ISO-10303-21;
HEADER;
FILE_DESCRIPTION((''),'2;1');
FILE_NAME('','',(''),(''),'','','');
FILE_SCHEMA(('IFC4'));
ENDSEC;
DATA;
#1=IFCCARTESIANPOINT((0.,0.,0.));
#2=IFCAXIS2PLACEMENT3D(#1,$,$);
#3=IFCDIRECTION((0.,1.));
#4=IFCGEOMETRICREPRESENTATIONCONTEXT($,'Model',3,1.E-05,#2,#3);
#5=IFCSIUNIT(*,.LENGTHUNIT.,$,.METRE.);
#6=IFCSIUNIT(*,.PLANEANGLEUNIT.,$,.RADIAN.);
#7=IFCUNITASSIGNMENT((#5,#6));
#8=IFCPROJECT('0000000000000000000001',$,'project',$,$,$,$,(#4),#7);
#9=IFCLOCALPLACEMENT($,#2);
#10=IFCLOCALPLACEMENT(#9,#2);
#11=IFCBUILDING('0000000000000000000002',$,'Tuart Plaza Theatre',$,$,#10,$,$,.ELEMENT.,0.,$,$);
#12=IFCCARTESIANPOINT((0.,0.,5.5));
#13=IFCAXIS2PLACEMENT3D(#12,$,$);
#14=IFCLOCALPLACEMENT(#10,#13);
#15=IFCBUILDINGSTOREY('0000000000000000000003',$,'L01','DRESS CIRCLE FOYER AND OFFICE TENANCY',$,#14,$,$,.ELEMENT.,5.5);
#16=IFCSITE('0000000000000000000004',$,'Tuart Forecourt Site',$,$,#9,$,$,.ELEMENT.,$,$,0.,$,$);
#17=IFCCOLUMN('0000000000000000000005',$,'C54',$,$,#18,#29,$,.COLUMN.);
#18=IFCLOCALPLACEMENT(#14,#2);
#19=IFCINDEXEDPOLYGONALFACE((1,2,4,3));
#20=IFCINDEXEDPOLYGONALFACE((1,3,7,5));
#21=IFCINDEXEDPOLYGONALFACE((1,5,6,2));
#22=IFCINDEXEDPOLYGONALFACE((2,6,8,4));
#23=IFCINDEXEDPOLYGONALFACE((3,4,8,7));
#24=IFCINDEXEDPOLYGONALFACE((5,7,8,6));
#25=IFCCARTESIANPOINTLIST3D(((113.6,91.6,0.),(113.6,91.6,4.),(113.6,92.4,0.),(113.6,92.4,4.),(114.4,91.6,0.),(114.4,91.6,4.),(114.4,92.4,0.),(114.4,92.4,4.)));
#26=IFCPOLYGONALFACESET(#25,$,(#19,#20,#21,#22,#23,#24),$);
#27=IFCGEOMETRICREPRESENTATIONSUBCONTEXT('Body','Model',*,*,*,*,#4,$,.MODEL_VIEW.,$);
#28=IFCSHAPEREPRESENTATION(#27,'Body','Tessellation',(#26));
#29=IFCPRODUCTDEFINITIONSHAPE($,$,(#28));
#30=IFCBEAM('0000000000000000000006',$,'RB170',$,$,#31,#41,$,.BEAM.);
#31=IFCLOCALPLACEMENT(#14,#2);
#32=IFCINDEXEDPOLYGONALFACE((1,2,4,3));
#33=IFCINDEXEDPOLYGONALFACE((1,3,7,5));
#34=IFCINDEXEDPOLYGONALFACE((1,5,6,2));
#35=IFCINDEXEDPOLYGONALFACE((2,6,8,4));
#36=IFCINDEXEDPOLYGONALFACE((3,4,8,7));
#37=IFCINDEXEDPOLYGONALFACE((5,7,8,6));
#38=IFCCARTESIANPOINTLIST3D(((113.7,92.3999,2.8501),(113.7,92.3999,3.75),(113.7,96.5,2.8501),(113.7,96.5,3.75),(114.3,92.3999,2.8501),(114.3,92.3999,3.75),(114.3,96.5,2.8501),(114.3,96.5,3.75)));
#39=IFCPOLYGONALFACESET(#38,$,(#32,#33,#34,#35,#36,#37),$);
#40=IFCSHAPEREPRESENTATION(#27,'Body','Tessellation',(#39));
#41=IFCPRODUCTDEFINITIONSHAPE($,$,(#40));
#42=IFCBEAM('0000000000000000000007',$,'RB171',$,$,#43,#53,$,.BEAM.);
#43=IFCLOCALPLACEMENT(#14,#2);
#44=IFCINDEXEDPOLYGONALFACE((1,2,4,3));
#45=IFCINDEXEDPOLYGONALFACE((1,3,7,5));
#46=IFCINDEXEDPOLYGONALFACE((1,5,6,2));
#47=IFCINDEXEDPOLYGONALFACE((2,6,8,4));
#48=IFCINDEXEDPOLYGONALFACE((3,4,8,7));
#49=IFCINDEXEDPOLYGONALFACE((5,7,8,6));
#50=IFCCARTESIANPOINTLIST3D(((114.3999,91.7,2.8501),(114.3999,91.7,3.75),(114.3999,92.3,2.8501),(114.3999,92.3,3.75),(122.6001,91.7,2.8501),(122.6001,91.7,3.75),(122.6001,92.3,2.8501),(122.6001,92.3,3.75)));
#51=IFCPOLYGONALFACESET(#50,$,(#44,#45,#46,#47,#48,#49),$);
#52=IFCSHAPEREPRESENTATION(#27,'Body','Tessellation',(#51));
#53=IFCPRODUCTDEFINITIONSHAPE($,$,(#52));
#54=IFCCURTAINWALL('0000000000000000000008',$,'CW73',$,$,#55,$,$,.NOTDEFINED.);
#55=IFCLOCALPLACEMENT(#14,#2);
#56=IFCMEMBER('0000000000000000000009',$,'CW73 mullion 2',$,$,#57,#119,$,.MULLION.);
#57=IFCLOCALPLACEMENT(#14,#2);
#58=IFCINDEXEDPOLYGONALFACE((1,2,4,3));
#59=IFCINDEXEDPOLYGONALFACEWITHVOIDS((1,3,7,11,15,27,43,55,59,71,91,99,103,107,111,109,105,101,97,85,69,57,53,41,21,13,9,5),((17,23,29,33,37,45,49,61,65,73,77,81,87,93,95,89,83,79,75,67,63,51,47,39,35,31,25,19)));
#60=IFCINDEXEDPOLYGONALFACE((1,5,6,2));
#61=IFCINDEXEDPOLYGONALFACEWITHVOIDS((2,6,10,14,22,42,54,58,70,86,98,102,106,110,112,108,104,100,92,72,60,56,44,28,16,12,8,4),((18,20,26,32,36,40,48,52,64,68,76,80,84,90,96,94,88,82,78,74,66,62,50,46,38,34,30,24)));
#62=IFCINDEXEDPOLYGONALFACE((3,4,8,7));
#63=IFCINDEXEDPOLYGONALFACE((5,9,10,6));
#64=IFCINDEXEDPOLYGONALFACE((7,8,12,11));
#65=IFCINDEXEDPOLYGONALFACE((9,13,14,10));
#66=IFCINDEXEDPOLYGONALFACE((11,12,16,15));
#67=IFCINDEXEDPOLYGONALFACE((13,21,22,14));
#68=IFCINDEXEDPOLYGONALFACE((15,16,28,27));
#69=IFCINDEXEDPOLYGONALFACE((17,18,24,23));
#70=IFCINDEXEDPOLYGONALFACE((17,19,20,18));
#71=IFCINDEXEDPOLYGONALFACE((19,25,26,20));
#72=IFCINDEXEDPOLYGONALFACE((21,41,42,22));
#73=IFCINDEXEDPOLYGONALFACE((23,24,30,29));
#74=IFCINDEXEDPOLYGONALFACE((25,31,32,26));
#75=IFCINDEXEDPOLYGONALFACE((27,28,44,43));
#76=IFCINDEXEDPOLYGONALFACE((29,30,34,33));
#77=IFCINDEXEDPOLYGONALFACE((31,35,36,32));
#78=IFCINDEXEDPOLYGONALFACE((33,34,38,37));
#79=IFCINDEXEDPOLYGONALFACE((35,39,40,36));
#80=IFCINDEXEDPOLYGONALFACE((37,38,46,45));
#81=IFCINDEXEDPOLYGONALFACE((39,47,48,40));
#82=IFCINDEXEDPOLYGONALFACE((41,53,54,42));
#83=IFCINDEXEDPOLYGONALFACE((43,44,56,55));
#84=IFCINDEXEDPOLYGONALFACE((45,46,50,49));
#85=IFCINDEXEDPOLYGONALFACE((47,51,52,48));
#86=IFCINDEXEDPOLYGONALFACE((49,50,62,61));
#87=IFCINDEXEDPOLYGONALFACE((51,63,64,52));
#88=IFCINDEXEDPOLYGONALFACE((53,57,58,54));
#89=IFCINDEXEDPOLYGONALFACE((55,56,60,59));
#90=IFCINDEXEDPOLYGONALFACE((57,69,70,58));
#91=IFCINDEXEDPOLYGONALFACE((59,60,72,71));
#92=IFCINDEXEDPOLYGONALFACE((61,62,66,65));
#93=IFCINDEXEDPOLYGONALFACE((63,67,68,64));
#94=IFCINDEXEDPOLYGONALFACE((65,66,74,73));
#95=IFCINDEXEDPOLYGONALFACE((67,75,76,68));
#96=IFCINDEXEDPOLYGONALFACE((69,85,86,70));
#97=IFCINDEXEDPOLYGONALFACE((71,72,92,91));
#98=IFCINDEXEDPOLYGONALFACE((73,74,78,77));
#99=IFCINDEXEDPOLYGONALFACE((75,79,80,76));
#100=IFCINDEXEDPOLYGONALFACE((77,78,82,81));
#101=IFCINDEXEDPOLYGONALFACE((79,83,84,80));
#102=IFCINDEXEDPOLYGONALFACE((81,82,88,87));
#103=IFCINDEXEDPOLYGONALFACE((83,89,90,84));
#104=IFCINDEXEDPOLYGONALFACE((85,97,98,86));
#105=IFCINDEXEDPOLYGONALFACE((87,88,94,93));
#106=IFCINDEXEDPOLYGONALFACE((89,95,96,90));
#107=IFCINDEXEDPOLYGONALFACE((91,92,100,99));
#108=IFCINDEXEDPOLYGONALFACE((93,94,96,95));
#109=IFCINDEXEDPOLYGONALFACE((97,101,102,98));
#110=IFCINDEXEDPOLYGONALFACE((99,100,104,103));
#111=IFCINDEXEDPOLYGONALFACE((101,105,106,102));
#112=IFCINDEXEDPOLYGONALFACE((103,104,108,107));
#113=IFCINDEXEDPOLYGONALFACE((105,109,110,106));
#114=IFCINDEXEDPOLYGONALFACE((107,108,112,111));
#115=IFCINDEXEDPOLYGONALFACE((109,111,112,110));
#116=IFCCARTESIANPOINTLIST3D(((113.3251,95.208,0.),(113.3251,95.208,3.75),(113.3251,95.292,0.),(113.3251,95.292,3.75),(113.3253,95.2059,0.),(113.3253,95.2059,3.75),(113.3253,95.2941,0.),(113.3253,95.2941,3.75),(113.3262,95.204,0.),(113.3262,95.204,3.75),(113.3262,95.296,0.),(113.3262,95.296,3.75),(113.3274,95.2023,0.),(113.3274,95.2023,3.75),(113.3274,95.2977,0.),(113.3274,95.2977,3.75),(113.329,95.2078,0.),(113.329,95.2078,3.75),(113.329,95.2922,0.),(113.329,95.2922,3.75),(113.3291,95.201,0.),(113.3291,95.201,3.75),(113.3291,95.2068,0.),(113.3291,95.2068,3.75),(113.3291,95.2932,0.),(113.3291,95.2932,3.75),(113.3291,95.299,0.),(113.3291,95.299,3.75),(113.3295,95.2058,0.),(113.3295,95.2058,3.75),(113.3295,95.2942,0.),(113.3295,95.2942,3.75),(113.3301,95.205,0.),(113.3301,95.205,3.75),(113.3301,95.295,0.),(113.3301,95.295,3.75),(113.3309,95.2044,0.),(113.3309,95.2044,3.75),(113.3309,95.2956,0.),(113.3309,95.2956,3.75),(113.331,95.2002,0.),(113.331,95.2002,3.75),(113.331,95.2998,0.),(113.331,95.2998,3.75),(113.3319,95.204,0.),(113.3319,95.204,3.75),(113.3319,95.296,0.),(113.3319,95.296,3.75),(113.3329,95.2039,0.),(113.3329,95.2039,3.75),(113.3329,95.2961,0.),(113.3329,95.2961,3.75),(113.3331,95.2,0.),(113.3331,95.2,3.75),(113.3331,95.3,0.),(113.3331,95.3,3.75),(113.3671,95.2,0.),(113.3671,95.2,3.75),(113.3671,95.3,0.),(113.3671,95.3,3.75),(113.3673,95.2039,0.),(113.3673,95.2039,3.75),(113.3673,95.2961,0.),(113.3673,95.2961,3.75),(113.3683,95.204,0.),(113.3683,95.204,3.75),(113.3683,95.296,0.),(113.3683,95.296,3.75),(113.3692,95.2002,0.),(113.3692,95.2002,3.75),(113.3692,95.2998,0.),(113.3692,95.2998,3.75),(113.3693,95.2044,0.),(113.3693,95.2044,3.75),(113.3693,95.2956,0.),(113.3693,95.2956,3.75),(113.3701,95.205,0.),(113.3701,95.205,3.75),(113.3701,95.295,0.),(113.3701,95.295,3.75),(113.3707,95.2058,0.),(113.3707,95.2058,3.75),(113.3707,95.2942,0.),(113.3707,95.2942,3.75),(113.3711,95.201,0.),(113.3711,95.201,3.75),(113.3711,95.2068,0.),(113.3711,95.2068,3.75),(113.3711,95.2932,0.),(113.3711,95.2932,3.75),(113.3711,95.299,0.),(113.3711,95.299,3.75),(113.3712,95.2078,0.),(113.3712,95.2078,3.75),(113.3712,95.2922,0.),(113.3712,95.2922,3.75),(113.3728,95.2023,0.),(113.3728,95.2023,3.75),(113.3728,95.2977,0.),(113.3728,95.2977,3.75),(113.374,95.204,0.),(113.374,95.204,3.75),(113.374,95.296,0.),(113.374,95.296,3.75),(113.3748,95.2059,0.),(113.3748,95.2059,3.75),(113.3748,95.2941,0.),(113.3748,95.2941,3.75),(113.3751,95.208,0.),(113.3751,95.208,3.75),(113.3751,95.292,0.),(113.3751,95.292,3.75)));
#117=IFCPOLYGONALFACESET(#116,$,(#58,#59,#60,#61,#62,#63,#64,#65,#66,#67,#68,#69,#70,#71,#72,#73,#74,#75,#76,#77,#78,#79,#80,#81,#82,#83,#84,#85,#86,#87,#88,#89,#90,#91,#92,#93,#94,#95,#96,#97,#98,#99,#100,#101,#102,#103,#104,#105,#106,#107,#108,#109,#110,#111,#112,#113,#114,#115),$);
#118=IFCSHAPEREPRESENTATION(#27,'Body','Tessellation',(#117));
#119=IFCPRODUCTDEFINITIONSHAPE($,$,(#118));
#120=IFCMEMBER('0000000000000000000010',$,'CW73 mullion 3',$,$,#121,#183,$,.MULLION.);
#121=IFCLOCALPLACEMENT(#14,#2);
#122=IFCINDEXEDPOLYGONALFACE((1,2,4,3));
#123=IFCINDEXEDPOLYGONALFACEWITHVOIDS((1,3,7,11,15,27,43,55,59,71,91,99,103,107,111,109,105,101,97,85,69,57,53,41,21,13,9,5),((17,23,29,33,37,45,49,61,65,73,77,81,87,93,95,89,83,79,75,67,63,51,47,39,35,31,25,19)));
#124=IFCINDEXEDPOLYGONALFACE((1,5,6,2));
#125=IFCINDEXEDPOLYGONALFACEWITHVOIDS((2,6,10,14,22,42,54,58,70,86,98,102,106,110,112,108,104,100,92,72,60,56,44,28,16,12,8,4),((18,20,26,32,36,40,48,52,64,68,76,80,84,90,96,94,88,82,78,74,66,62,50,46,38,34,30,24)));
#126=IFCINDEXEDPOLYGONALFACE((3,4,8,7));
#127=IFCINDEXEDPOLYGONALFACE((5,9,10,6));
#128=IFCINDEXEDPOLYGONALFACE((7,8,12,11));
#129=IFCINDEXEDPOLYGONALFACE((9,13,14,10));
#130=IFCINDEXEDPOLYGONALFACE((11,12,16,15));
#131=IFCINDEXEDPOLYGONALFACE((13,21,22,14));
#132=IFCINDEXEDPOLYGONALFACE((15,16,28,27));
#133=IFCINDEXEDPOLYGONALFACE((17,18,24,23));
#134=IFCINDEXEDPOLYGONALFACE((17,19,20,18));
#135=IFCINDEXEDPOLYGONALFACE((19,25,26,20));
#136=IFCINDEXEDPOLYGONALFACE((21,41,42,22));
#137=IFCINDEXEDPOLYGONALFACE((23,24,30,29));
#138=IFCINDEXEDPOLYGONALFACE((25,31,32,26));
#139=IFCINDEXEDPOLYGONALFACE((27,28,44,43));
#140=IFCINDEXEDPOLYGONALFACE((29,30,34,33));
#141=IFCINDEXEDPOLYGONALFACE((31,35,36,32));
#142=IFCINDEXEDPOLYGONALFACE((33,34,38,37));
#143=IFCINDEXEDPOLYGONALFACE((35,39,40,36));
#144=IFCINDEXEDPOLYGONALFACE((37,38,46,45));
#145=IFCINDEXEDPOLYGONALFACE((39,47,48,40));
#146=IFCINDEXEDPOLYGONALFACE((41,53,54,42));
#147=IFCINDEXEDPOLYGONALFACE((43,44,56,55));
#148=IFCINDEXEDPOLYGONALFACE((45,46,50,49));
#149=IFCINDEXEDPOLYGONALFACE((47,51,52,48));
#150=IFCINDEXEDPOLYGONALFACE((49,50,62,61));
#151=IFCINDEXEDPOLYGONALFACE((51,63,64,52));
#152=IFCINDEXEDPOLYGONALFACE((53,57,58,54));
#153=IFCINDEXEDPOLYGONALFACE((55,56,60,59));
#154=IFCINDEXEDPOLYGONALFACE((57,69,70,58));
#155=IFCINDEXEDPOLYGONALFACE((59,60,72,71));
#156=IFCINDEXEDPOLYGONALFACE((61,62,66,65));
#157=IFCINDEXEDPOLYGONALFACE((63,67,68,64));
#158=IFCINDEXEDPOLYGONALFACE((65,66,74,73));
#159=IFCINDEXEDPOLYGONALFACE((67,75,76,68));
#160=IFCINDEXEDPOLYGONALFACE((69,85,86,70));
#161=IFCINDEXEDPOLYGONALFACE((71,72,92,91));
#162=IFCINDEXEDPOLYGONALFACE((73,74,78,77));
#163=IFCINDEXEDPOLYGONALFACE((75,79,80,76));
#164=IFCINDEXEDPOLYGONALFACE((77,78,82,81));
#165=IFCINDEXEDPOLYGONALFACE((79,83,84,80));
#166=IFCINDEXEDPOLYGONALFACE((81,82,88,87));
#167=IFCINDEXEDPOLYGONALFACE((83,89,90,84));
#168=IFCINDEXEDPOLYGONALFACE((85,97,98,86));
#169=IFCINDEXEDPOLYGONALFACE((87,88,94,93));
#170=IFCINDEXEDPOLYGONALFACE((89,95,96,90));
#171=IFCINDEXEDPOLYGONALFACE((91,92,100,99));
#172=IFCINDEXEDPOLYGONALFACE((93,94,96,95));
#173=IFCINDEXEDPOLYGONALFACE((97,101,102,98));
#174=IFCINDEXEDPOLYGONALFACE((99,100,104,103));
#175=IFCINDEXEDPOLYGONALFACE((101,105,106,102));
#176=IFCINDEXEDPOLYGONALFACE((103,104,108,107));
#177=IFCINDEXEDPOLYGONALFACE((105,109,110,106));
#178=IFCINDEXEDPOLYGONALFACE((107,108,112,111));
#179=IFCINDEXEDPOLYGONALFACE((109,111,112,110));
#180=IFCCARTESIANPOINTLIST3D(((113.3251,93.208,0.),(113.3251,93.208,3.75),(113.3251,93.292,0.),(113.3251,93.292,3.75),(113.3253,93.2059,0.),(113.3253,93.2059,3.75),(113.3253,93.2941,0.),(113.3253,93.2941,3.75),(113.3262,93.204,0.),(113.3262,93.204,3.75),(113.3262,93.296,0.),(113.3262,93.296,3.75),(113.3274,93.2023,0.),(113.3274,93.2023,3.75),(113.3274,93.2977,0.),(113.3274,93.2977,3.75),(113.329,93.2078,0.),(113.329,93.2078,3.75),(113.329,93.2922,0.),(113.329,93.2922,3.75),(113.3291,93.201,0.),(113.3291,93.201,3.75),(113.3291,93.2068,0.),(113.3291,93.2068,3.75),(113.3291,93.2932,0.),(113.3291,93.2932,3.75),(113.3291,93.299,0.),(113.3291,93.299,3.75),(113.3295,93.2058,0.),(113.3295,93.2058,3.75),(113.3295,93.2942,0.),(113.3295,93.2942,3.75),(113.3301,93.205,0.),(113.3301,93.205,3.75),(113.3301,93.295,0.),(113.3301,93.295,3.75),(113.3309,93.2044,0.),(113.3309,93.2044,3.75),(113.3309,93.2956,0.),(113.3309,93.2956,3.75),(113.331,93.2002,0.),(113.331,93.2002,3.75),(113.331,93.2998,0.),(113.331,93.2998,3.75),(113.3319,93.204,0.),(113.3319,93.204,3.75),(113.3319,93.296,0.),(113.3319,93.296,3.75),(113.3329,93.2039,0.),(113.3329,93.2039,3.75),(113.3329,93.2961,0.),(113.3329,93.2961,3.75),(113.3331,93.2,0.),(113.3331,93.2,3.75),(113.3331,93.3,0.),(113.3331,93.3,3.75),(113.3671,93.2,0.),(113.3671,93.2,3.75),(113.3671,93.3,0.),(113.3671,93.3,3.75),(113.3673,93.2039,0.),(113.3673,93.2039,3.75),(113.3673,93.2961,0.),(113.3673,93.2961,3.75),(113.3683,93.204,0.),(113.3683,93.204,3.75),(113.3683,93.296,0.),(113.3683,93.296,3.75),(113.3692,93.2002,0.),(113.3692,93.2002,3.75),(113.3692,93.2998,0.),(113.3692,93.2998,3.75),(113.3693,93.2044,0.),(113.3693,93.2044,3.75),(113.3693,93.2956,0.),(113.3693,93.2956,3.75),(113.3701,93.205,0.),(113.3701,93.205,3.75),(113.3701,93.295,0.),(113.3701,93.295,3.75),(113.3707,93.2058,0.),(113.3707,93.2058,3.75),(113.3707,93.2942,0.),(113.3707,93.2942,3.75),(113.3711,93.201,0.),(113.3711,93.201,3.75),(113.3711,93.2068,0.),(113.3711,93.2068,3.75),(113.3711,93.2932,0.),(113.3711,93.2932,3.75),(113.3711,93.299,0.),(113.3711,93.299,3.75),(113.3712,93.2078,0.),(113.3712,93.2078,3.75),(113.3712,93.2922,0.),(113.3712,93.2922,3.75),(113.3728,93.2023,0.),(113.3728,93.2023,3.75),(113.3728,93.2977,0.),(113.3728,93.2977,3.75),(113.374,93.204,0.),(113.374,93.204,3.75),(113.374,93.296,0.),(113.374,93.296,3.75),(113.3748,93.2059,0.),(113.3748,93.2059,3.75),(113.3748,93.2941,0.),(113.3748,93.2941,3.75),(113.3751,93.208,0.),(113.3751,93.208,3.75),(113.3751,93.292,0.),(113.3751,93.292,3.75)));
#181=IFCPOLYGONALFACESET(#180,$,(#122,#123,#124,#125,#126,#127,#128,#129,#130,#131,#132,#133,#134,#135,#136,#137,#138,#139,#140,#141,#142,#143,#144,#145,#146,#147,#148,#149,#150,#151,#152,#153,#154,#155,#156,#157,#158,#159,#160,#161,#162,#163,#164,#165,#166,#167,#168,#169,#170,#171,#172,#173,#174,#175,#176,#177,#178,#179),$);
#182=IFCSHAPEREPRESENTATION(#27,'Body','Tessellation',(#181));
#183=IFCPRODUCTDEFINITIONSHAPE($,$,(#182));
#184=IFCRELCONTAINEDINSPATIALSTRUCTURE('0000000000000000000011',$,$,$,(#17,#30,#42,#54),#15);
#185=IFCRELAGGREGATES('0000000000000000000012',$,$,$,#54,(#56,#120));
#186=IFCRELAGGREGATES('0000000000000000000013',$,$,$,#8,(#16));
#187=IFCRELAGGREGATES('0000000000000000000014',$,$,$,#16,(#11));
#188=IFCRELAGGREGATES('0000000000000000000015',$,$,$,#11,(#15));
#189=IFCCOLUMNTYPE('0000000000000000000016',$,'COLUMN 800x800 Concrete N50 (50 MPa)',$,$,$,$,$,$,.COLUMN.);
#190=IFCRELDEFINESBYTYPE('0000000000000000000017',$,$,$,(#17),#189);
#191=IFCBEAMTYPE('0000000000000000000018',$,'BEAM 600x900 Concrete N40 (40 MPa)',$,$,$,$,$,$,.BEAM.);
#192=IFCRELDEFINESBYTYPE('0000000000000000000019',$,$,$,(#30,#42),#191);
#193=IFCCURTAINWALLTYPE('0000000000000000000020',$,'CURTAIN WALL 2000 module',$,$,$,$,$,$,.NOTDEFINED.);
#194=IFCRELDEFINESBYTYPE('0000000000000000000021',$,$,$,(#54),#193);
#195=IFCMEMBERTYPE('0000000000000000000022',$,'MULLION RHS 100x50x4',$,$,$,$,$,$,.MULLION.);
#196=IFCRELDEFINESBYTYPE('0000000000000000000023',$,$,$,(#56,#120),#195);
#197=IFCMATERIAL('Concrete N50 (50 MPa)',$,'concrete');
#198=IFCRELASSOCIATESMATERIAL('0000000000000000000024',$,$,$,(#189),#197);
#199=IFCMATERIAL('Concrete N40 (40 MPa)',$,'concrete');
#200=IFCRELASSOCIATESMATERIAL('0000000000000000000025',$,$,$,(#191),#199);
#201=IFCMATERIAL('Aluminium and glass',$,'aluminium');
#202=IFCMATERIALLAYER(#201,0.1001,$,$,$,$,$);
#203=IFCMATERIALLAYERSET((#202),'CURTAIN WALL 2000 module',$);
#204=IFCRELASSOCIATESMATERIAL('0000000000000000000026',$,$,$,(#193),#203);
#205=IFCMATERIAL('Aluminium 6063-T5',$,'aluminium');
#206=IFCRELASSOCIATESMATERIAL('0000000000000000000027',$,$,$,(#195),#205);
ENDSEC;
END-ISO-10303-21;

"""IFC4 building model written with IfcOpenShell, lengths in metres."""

from ifc_helpers import new_model, si_unit, direction, frame, origin, origin_2d, place, context, subcontext, project, spatial, rectangle, hollow_rectangle, extrude, material, layer, layer_set, material_profile, profile_set, type_object, element, aggregate, save


model = new_model("IFC4")

# Units and contexts
model_context = context("Model", 3, precision=1e-05, world=origin(), true_north=direction((0.0, 1.0)))
body_context = subcontext(model_context, "Body", "Model", "MODEL_VIEW")
ifc_project = project(units=[si_unit("LENGTHUNIT", "METRE"), si_unit("PLANEANGLEUNIT", "RADIAN")], contexts=[model_context])

# Site, building, storey
site_placement = place(None, origin())
site = spatial("IfcSite", under=ifc_project, at=site_placement, Name="Tuart Forecourt Site", CompositionType="ELEMENT", RefElevation=0.0)
building_placement = place(site_placement, origin())
building = spatial("IfcBuilding", under=site, at=building_placement, Name="Tuart Plaza Theatre", CompositionType="ELEMENT", ElevationOfRefHeight=0.0)
storey_placement = place(building_placement, frame((0.0, 0.0, 5.5)))
storey = spatial("IfcBuildingStorey", under=building, at=storey_placement, Name="L01", Description="DRESS CIRCLE FOYER AND OFFICE TENANCY", CompositionType="ELEMENT", Elevation=5.5)

# Column
ifc_material_1 = material(Name="Concrete N50 (50 MPa)", Category="concrete")
ifc_material_profile_1 = material_profile(ifc_material_1, rectangle(XDim=0.8, YDim=0.8, at=origin_2d()), Name="COLUMN 800x800 Concrete N50 (50 MPa)")
ifc_profile_set_1 = profile_set([ifc_material_profile_1], Name="Concrete N50 (50 MPa)")
column_type = type_object("IfcColumnType", Name="COLUMN 800x800 Concrete N50 (50 MPa)", PredefinedType="COLUMN", material=ifc_profile_set_1)
column_placement = place(storey_placement, frame((114.0, 92.0, 0.0), z_axis=(0.0, 0.0, 1.0), x_axis=(1.0, 0.0, 0.0)))
element("IfcColumn", 1, at=column_placement, inside=storey, type_object=column_type, Name="C54", PredefinedType="COLUMN", context=body_context, shape_type="SweptSolid", body=[
    extrude(rectangle(XDim=0.8, YDim=0.8, at=origin_2d()), origin(), (0.0, 0.0, 1.0), 4.0),
])

# Beams
ifc_material_2 = material(Name="Concrete N40 (40 MPa)", Category="concrete")
ifc_material_profile_2 = material_profile(ifc_material_2, rectangle(XDim=0.6001, YDim=0.8999, at=origin_2d()), Name="BEAM 600x900 Concrete N40 (40 MPa)")
ifc_profile_set_2 = profile_set([ifc_material_profile_2], Name="Concrete N40 (40 MPa)")
beam_type = type_object("IfcBeamType", Name="BEAM 600x900 Concrete N40 (40 MPa)", PredefinedType="BEAM", material=ifc_profile_set_2)
beam_1_placement = place(storey_placement, frame((114.0, 92.3999, 3.3), z_axis=(0.0, 1.0, 0.0), x_axis=(-1.0, 0.0, 0.0)))
element("IfcBeam", 2, at=beam_1_placement, inside=storey, type_object=beam_type, Name="RB170", PredefinedType="BEAM", context=body_context, shape_type="SweptSolid", body=[
    extrude(rectangle(XDim=0.6001, YDim=0.8999, at=origin_2d()), origin(), (0.0, 0.0, 1.0), 4.1001),
])
beam_2_placement = place(storey_placement, frame((114.3999, 92.0, 3.3), z_axis=(1.0, 0.0, 0.0), x_axis=(0.0, 1.0, 0.0)))
element("IfcBeam", 3, at=beam_2_placement, inside=storey, type_object=beam_type, Name="RB171", PredefinedType="BEAM", context=body_context, shape_type="SweptSolid", body=[
    extrude(rectangle(XDim=0.6001, YDim=0.8999, at=origin_2d()), origin(), (0.0, 0.0, 1.0), 8.2002),
])

# Curtain wall, members
ifc_material_3 = material(Name="Aluminium and glass", Category="aluminium")
ifc_layer_1 = layer(ifc_material_3, 0.1001)
ifc_layer_set_1 = layer_set([ifc_layer_1], Name="CURTAIN WALL 2000 module")
curtain_wall_type = type_object("IfcCurtainWallType", Name="CURTAIN WALL 2000 module", PredefinedType="NOTDEFINED", material=ifc_layer_set_1)
curtain_wall_placement = place(storey_placement, origin())
curtain_wall = element("IfcCurtainWall", 4, at=curtain_wall_placement, inside=storey, type_object=curtain_wall_type, Name="CW73", PredefinedType="NOTDEFINED")
ifc_material_4 = material(Name="Aluminium 6063-T5", Category="aluminium")
ifc_material_profile_3 = material_profile(ifc_material_4, hollow_rectangle(XDim=0.05, YDim=0.1001, WallThickness=0.0039, InnerFilletRadius=0.0039, OuterFilletRadius=0.0081, at=origin_2d()), Name="RHS 100x50x4")
ifc_profile_set_3 = profile_set([ifc_material_profile_3], Name="Aluminium 6063-T5")
member_type_1 = type_object("IfcMemberType", Name="MULLION RHS 100x50x4", PredefinedType="MULLION", material=ifc_profile_set_3)
member_1_placement = place(storey_placement, frame((113.3501, 95.25, 0.0), z_axis=(0.0, 0.0, 1.0), x_axis=(1.0, 0.0, 0.0)))
member_1 = element("IfcMember", 5, at=member_1_placement, type_object=member_type_1, Name="CW73 mullion 2", PredefinedType="MULLION", context=body_context, shape_type="SweptSolid", body=[
    extrude(hollow_rectangle(XDim=0.05, YDim=0.1001, WallThickness=0.0039, InnerFilletRadius=0.0039, OuterFilletRadius=0.0081, at=origin_2d()), origin(), (0.0, 0.0, 1.0), 3.75),
])
member_2_placement = place(storey_placement, frame((113.3501, 93.25, 0.0), z_axis=(0.0, 0.0, 1.0), x_axis=(1.0, 0.0, 0.0)))
member_2 = element("IfcMember", 6, at=member_2_placement, type_object=member_type_1, Name="CW73 mullion 3", PredefinedType="MULLION", context=body_context, shape_type="SweptSolid", body=[
    extrude(hollow_rectangle(XDim=0.05, YDim=0.1001, WallThickness=0.0039, InnerFilletRadius=0.0039, OuterFilletRadius=0.0081, at=origin_2d()), origin(), (0.0, 0.0, 1.0), 3.75),
])
aggregate(curtain_wall, [member_1, member_2])

save(model, "model.ifc")
